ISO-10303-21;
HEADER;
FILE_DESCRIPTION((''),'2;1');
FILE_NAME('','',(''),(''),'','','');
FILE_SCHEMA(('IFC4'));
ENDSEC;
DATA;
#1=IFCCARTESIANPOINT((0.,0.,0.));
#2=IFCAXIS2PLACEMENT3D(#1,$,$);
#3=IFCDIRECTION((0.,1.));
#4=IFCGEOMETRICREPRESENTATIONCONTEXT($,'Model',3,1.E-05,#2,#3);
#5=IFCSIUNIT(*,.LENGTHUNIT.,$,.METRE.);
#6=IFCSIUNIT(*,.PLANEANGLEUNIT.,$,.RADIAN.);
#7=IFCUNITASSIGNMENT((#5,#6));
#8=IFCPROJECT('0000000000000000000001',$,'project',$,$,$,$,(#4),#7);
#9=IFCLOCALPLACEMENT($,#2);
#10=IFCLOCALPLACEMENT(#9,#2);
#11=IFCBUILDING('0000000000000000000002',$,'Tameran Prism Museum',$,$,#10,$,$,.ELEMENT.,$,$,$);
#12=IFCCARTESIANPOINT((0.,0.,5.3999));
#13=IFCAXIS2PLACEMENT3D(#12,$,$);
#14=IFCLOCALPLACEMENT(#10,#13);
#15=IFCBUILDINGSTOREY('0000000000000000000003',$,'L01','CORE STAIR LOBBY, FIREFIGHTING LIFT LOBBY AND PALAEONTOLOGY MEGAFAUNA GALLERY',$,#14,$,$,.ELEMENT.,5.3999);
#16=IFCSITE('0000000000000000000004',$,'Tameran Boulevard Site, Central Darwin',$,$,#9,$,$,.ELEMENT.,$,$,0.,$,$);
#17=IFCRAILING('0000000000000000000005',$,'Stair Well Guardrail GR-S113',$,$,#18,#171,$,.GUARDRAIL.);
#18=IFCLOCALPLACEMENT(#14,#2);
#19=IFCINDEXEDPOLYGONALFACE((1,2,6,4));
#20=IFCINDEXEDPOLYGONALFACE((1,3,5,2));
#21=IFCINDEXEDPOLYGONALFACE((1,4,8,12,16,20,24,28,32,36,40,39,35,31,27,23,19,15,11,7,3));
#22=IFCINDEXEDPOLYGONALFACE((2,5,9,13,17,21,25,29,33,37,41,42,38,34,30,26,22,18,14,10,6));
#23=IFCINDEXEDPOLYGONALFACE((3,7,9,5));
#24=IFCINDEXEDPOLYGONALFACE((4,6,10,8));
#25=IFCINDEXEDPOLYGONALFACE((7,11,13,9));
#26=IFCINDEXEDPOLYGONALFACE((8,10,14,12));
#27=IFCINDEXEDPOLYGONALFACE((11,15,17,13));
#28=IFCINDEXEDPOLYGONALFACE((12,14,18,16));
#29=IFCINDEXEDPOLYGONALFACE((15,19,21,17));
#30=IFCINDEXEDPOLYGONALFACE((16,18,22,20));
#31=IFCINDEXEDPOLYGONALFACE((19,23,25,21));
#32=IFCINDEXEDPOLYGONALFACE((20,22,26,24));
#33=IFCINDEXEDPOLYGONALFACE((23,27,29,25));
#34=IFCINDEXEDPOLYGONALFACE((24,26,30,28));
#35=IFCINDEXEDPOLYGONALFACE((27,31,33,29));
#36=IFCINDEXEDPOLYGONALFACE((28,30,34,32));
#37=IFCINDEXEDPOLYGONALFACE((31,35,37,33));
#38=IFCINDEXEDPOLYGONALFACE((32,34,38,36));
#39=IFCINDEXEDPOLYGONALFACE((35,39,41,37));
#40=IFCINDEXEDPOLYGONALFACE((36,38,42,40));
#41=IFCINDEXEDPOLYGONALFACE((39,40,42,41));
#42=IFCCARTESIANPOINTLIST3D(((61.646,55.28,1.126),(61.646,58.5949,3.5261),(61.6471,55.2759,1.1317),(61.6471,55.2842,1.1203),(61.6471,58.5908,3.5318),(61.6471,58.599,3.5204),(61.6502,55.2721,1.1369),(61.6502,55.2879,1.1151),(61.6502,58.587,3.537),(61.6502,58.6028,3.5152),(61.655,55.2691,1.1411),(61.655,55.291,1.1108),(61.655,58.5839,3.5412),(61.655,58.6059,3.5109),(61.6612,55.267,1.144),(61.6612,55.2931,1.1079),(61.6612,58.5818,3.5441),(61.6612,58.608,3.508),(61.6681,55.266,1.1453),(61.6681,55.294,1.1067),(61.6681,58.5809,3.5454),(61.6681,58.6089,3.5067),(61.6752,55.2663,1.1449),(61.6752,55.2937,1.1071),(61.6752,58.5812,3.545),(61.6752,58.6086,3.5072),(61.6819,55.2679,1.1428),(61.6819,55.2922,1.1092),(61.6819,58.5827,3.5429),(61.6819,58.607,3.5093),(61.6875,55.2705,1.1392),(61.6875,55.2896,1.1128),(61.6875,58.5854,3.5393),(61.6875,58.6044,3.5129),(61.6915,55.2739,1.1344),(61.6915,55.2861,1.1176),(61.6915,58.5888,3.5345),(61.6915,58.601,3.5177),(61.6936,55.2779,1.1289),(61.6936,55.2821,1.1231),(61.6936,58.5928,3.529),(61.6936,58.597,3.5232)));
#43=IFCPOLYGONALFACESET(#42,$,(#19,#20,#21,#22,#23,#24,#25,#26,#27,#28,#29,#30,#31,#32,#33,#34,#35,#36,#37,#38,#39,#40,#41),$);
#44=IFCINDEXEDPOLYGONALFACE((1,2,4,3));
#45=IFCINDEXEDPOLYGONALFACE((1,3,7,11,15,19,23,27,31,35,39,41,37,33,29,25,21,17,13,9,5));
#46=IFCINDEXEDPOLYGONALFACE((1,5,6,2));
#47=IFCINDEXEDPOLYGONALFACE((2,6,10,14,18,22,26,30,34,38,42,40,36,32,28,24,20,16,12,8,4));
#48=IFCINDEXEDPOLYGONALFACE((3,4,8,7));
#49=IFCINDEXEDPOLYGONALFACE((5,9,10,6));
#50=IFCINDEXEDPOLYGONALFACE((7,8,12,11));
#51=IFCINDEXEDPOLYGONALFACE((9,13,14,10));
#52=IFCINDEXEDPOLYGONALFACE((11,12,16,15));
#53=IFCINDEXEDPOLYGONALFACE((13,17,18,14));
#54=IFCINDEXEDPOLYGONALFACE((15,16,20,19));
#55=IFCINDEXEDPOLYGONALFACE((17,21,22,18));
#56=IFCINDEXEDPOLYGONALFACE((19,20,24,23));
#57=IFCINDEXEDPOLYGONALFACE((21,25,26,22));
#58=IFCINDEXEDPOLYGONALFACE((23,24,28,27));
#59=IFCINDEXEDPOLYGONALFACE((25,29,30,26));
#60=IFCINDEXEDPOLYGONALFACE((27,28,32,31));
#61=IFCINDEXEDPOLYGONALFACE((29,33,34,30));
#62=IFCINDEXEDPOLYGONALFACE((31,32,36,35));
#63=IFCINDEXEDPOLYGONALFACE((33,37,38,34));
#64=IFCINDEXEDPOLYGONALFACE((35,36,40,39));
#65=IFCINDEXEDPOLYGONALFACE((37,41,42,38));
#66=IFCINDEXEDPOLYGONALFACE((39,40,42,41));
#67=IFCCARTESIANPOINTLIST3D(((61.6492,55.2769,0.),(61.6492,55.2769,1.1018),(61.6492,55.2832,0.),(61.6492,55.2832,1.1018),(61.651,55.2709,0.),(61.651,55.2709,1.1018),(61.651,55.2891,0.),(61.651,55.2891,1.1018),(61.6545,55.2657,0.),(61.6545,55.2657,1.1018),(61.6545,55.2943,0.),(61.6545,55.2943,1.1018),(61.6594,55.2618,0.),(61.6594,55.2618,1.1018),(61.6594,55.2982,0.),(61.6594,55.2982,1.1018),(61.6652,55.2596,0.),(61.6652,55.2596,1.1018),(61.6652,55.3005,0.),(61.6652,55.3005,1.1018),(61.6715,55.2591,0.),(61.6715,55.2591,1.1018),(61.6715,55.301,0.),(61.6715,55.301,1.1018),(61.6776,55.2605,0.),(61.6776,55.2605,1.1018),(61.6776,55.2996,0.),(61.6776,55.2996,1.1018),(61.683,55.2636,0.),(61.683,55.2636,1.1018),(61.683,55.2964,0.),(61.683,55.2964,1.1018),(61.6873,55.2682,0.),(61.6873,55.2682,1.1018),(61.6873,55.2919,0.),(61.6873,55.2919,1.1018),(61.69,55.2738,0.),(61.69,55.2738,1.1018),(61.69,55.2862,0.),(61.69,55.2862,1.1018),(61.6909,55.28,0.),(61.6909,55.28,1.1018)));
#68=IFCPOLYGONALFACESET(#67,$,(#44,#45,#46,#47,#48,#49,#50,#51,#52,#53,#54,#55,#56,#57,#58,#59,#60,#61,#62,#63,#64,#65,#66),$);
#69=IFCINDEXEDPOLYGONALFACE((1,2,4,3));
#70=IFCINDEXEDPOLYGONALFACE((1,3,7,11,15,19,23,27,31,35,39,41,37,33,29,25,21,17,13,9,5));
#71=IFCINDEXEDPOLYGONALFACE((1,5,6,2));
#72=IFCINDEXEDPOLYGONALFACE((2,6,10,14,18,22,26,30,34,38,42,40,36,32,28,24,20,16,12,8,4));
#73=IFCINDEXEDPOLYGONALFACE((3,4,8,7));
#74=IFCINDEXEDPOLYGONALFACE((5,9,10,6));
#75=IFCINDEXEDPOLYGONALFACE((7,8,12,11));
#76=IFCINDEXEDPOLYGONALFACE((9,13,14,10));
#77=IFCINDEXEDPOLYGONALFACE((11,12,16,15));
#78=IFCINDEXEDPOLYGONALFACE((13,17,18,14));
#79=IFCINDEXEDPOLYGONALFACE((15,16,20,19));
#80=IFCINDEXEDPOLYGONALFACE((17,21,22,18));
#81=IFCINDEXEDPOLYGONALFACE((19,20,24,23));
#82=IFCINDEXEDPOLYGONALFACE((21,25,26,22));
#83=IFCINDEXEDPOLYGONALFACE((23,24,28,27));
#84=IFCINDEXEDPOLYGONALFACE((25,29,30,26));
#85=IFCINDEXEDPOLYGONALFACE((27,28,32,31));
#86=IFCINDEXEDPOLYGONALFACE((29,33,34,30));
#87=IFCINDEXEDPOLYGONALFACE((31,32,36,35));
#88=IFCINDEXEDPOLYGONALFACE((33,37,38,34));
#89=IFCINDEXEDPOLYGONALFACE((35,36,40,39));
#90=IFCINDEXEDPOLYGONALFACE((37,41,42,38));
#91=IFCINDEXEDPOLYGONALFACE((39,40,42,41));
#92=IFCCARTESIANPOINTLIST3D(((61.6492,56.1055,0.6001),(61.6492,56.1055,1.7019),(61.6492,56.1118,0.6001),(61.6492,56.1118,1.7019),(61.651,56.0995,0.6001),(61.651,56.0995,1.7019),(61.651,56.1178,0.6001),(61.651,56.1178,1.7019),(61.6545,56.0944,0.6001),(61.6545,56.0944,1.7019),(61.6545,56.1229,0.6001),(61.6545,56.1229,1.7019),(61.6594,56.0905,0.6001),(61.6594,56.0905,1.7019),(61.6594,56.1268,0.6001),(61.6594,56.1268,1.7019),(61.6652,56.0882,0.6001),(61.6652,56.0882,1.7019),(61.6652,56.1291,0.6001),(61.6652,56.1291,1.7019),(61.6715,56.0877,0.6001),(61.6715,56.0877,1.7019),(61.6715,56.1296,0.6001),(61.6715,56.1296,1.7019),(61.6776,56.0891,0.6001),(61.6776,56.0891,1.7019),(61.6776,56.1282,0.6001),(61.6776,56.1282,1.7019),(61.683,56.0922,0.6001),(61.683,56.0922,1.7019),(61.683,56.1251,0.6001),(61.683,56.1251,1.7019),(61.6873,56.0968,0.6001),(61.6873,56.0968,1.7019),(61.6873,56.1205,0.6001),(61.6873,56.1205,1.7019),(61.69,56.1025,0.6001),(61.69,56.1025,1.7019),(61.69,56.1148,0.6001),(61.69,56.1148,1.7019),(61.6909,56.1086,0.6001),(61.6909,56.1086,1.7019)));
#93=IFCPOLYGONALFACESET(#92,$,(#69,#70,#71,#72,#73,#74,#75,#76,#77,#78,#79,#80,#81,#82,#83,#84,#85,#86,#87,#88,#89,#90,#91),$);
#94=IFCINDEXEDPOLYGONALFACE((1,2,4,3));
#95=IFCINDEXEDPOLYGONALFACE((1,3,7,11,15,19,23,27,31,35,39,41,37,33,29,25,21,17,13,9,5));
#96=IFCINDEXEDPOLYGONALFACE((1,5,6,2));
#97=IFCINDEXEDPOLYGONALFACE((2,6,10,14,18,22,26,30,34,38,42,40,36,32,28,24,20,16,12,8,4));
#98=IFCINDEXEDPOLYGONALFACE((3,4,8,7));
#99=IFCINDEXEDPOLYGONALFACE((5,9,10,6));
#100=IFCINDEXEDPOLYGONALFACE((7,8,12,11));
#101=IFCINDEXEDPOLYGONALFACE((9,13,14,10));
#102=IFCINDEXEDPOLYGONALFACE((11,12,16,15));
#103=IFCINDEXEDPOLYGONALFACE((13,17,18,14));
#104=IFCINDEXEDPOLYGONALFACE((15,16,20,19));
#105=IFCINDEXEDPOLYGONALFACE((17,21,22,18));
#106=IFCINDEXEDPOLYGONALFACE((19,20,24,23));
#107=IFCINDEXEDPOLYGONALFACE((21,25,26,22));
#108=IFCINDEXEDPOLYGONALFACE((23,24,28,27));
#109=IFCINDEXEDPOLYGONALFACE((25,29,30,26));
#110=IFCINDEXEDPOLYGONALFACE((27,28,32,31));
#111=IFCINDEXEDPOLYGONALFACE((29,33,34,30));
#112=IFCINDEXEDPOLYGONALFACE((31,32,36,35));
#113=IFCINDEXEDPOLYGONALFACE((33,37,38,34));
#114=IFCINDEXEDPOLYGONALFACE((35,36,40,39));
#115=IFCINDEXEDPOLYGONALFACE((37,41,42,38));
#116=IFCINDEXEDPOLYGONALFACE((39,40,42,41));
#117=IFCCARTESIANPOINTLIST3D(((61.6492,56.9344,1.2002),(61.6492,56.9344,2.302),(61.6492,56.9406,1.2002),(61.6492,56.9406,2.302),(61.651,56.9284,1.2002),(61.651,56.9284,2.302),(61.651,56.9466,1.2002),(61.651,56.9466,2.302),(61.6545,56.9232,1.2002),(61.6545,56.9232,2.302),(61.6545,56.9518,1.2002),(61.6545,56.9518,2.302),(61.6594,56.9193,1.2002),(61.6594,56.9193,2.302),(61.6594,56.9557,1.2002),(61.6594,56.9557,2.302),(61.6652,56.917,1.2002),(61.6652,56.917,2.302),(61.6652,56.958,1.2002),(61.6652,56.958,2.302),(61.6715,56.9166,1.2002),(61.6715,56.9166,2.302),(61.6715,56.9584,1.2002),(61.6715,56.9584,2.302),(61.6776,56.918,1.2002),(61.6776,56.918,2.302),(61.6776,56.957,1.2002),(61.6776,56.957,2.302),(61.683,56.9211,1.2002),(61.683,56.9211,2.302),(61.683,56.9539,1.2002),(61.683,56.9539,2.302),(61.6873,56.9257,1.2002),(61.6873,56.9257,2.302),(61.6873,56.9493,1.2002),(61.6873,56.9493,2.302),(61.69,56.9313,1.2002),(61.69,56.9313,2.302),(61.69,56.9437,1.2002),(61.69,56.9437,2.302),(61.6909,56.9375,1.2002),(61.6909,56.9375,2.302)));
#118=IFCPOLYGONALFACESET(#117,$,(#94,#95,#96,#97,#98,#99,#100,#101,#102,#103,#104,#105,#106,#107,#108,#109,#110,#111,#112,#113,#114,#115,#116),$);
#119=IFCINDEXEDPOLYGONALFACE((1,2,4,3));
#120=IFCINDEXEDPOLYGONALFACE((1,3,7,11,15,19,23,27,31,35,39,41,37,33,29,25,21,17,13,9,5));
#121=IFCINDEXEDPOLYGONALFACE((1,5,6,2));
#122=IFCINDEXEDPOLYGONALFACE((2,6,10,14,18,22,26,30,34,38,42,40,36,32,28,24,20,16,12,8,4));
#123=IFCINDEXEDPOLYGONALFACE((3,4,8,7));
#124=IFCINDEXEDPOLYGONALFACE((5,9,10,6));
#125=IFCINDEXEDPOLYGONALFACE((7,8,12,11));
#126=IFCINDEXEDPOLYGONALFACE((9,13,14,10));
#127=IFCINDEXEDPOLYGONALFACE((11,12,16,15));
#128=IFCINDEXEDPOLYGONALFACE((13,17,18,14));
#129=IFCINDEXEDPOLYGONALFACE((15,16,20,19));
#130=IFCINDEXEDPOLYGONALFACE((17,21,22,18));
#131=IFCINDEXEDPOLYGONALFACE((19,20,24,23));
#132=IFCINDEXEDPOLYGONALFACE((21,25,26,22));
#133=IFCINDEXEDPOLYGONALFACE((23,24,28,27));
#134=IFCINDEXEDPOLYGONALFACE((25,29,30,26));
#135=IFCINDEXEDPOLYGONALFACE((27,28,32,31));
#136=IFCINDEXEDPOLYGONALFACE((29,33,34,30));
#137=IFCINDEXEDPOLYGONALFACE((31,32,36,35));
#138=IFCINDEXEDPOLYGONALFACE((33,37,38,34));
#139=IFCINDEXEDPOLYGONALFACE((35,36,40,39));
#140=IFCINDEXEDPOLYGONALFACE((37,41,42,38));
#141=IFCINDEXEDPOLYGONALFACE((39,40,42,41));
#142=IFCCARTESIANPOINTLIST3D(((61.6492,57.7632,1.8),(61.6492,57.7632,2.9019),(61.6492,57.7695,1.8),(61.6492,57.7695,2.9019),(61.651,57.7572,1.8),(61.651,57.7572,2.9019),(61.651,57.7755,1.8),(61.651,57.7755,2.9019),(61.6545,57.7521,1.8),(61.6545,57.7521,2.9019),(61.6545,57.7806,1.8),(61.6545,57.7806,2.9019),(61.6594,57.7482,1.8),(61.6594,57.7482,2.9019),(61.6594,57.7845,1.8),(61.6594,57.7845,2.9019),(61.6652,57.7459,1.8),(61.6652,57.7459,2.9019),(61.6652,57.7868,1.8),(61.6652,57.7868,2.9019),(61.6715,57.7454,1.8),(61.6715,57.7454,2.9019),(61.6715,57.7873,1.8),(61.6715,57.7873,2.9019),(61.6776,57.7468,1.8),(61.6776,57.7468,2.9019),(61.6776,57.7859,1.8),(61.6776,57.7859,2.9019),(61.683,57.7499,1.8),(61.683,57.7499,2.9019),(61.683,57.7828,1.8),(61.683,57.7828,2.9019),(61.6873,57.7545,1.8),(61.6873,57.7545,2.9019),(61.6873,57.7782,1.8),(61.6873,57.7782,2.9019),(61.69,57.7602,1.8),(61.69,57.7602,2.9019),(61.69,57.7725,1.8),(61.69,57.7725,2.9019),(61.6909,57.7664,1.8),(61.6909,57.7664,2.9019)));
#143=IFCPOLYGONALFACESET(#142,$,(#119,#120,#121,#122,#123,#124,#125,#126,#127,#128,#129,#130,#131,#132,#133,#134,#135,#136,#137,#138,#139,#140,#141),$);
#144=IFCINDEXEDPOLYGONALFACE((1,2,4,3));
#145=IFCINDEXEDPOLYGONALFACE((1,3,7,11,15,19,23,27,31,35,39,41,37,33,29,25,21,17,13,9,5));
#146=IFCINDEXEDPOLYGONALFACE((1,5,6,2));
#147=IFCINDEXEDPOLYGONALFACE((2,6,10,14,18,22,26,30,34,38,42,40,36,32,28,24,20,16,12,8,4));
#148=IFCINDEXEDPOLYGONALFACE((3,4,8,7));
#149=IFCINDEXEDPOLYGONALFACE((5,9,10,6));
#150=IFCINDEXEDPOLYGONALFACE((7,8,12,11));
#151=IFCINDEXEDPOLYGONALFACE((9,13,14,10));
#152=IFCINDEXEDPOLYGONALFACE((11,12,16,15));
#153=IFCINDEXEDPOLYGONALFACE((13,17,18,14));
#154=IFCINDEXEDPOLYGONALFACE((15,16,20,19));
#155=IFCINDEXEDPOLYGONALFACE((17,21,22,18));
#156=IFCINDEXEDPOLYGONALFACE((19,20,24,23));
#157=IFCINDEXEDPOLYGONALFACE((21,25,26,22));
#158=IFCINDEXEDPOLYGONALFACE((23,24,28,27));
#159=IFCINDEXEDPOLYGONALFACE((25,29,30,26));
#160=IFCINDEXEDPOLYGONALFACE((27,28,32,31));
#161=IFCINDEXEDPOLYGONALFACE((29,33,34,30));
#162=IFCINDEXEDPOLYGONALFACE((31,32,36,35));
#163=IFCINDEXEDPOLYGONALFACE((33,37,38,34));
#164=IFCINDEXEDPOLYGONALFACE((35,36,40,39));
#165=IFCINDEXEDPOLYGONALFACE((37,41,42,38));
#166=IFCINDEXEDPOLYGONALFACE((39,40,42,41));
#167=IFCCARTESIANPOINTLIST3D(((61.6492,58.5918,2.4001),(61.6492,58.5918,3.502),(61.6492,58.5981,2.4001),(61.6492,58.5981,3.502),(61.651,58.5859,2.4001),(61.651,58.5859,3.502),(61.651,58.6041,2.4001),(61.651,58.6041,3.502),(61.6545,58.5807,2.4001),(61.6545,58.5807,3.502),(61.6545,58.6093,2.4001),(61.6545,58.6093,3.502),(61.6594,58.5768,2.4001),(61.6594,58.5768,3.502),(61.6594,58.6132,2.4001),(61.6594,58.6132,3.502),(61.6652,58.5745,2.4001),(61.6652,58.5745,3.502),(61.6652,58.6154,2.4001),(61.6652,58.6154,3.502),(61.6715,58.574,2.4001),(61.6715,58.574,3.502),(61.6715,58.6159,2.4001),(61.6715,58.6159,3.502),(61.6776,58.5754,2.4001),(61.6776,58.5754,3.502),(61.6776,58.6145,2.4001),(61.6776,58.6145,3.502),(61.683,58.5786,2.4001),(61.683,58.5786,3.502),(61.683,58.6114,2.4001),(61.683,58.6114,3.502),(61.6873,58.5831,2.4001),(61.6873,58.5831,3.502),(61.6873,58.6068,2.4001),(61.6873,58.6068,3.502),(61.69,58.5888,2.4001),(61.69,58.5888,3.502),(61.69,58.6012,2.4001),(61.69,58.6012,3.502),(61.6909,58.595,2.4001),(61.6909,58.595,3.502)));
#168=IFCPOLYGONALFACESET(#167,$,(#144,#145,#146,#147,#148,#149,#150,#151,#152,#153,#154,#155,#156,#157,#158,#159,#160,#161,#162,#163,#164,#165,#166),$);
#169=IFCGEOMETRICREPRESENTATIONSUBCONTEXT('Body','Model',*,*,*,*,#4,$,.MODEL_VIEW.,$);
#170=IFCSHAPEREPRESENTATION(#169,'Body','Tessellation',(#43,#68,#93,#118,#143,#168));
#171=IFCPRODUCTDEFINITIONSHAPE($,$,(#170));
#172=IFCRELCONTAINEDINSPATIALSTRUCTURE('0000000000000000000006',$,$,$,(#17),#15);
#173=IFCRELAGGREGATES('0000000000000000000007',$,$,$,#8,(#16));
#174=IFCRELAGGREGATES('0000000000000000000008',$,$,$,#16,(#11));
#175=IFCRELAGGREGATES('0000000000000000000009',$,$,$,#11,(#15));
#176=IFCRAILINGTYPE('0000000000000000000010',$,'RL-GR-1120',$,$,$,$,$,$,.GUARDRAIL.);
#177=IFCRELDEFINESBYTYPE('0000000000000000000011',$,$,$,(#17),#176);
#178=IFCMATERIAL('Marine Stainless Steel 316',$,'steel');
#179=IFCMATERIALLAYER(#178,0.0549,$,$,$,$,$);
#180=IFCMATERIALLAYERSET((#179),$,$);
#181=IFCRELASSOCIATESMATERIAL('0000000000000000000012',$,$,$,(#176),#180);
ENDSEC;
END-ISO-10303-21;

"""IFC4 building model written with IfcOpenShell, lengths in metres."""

from ifc_helpers import new_model, si_unit, direction, frame, origin, origin_2d, place, context, subcontext, project, spatial, circle, extrude, material, layer, layer_set, type_object, element, save


model = new_model("IFC4")

# Units and contexts
model_context = context("Model", 3, precision=1e-05, world=origin(), true_north=direction((0.0, 1.0)))
body_context = subcontext(model_context, "Body", "Model", "MODEL_VIEW")
ifc_project = project(units=[si_unit("LENGTHUNIT", "METRE"), si_unit("PLANEANGLEUNIT", "RADIAN")], contexts=[model_context])

# Site, building, storey
site_placement = place(None, origin())
site = spatial("IfcSite", under=ifc_project, at=site_placement, Name="Tameran Boulevard Site, Central Darwin", CompositionType="ELEMENT", RefElevation=0.0)
building_placement = place(site_placement, origin())
building = spatial("IfcBuilding", under=site, at=building_placement, Name="Tameran Prism Museum", CompositionType="ELEMENT")
storey_placement = place(building_placement, frame((0.0, 0.0, 5.3999)))
storey = spatial("IfcBuildingStorey", under=building, at=storey_placement, Name="L01", Description="CORE STAIR LOBBY, FIREFIGHTING LIFT LOBBY AND PALAEONTOLOGY MEGAFAUNA GALLERY", CompositionType="ELEMENT", Elevation=5.3999)

# Railing
ifc_material_1 = material(Name="Marine Stainless Steel 316", Category="steel")
ifc_layer_1 = layer(ifc_material_1, 0.0549)
ifc_layer_set_1 = layer_set([ifc_layer_1])
railing_type_1 = type_object("IfcRailingType", Name="RL-GR-1120", PredefinedType="GUARDRAIL", material=ifc_layer_set_1)
railing_1_placement = place(storey_placement, frame((61.6699, 55.28, 0.0)))
element("IfcRailing", 1, at=railing_1_placement, inside=storey, type_object=railing_type_1, Name="Stair Well Guardrail GR-S113", PredefinedType="GUARDRAIL", context=body_context, shape_type="SweptSolid", body=[
    extrude(circle(Radius=0.0239, at=origin_2d()), frame((0.0, 0.0, 1.126), z_axis=(0.0, 0.80998, 0.586457), x_axis=(-1.0, 0.0, 0.0)), (0.0, 0.0, 1.0), 4.0925),
    extrude(circle(Radius=0.021, at=origin_2d()), origin(), (0.0, 0.0, 1.0), 1.1018),
    extrude(circle(Radius=0.021, at=origin_2d()), frame((0.0, 0.8286, 0.6001)), (0.0, 0.0, 1.0), 1.1018),
    extrude(circle(Radius=0.021, at=origin_2d()), frame((0.0, 1.6575, 1.2002)), (0.0, 0.0, 1.0), 1.1018),
    extrude(circle(Radius=0.021, at=origin_2d()), frame((0.0, 2.4863, 1.8)), (0.0, 0.0, 1.0), 1.1018),
    extrude(circle(Radius=0.021, at=origin_2d()), frame((0.0, 3.3149, 2.4001)), (0.0, 0.0, 1.0), 1.1018),
])

save(model, "model.ifc")
